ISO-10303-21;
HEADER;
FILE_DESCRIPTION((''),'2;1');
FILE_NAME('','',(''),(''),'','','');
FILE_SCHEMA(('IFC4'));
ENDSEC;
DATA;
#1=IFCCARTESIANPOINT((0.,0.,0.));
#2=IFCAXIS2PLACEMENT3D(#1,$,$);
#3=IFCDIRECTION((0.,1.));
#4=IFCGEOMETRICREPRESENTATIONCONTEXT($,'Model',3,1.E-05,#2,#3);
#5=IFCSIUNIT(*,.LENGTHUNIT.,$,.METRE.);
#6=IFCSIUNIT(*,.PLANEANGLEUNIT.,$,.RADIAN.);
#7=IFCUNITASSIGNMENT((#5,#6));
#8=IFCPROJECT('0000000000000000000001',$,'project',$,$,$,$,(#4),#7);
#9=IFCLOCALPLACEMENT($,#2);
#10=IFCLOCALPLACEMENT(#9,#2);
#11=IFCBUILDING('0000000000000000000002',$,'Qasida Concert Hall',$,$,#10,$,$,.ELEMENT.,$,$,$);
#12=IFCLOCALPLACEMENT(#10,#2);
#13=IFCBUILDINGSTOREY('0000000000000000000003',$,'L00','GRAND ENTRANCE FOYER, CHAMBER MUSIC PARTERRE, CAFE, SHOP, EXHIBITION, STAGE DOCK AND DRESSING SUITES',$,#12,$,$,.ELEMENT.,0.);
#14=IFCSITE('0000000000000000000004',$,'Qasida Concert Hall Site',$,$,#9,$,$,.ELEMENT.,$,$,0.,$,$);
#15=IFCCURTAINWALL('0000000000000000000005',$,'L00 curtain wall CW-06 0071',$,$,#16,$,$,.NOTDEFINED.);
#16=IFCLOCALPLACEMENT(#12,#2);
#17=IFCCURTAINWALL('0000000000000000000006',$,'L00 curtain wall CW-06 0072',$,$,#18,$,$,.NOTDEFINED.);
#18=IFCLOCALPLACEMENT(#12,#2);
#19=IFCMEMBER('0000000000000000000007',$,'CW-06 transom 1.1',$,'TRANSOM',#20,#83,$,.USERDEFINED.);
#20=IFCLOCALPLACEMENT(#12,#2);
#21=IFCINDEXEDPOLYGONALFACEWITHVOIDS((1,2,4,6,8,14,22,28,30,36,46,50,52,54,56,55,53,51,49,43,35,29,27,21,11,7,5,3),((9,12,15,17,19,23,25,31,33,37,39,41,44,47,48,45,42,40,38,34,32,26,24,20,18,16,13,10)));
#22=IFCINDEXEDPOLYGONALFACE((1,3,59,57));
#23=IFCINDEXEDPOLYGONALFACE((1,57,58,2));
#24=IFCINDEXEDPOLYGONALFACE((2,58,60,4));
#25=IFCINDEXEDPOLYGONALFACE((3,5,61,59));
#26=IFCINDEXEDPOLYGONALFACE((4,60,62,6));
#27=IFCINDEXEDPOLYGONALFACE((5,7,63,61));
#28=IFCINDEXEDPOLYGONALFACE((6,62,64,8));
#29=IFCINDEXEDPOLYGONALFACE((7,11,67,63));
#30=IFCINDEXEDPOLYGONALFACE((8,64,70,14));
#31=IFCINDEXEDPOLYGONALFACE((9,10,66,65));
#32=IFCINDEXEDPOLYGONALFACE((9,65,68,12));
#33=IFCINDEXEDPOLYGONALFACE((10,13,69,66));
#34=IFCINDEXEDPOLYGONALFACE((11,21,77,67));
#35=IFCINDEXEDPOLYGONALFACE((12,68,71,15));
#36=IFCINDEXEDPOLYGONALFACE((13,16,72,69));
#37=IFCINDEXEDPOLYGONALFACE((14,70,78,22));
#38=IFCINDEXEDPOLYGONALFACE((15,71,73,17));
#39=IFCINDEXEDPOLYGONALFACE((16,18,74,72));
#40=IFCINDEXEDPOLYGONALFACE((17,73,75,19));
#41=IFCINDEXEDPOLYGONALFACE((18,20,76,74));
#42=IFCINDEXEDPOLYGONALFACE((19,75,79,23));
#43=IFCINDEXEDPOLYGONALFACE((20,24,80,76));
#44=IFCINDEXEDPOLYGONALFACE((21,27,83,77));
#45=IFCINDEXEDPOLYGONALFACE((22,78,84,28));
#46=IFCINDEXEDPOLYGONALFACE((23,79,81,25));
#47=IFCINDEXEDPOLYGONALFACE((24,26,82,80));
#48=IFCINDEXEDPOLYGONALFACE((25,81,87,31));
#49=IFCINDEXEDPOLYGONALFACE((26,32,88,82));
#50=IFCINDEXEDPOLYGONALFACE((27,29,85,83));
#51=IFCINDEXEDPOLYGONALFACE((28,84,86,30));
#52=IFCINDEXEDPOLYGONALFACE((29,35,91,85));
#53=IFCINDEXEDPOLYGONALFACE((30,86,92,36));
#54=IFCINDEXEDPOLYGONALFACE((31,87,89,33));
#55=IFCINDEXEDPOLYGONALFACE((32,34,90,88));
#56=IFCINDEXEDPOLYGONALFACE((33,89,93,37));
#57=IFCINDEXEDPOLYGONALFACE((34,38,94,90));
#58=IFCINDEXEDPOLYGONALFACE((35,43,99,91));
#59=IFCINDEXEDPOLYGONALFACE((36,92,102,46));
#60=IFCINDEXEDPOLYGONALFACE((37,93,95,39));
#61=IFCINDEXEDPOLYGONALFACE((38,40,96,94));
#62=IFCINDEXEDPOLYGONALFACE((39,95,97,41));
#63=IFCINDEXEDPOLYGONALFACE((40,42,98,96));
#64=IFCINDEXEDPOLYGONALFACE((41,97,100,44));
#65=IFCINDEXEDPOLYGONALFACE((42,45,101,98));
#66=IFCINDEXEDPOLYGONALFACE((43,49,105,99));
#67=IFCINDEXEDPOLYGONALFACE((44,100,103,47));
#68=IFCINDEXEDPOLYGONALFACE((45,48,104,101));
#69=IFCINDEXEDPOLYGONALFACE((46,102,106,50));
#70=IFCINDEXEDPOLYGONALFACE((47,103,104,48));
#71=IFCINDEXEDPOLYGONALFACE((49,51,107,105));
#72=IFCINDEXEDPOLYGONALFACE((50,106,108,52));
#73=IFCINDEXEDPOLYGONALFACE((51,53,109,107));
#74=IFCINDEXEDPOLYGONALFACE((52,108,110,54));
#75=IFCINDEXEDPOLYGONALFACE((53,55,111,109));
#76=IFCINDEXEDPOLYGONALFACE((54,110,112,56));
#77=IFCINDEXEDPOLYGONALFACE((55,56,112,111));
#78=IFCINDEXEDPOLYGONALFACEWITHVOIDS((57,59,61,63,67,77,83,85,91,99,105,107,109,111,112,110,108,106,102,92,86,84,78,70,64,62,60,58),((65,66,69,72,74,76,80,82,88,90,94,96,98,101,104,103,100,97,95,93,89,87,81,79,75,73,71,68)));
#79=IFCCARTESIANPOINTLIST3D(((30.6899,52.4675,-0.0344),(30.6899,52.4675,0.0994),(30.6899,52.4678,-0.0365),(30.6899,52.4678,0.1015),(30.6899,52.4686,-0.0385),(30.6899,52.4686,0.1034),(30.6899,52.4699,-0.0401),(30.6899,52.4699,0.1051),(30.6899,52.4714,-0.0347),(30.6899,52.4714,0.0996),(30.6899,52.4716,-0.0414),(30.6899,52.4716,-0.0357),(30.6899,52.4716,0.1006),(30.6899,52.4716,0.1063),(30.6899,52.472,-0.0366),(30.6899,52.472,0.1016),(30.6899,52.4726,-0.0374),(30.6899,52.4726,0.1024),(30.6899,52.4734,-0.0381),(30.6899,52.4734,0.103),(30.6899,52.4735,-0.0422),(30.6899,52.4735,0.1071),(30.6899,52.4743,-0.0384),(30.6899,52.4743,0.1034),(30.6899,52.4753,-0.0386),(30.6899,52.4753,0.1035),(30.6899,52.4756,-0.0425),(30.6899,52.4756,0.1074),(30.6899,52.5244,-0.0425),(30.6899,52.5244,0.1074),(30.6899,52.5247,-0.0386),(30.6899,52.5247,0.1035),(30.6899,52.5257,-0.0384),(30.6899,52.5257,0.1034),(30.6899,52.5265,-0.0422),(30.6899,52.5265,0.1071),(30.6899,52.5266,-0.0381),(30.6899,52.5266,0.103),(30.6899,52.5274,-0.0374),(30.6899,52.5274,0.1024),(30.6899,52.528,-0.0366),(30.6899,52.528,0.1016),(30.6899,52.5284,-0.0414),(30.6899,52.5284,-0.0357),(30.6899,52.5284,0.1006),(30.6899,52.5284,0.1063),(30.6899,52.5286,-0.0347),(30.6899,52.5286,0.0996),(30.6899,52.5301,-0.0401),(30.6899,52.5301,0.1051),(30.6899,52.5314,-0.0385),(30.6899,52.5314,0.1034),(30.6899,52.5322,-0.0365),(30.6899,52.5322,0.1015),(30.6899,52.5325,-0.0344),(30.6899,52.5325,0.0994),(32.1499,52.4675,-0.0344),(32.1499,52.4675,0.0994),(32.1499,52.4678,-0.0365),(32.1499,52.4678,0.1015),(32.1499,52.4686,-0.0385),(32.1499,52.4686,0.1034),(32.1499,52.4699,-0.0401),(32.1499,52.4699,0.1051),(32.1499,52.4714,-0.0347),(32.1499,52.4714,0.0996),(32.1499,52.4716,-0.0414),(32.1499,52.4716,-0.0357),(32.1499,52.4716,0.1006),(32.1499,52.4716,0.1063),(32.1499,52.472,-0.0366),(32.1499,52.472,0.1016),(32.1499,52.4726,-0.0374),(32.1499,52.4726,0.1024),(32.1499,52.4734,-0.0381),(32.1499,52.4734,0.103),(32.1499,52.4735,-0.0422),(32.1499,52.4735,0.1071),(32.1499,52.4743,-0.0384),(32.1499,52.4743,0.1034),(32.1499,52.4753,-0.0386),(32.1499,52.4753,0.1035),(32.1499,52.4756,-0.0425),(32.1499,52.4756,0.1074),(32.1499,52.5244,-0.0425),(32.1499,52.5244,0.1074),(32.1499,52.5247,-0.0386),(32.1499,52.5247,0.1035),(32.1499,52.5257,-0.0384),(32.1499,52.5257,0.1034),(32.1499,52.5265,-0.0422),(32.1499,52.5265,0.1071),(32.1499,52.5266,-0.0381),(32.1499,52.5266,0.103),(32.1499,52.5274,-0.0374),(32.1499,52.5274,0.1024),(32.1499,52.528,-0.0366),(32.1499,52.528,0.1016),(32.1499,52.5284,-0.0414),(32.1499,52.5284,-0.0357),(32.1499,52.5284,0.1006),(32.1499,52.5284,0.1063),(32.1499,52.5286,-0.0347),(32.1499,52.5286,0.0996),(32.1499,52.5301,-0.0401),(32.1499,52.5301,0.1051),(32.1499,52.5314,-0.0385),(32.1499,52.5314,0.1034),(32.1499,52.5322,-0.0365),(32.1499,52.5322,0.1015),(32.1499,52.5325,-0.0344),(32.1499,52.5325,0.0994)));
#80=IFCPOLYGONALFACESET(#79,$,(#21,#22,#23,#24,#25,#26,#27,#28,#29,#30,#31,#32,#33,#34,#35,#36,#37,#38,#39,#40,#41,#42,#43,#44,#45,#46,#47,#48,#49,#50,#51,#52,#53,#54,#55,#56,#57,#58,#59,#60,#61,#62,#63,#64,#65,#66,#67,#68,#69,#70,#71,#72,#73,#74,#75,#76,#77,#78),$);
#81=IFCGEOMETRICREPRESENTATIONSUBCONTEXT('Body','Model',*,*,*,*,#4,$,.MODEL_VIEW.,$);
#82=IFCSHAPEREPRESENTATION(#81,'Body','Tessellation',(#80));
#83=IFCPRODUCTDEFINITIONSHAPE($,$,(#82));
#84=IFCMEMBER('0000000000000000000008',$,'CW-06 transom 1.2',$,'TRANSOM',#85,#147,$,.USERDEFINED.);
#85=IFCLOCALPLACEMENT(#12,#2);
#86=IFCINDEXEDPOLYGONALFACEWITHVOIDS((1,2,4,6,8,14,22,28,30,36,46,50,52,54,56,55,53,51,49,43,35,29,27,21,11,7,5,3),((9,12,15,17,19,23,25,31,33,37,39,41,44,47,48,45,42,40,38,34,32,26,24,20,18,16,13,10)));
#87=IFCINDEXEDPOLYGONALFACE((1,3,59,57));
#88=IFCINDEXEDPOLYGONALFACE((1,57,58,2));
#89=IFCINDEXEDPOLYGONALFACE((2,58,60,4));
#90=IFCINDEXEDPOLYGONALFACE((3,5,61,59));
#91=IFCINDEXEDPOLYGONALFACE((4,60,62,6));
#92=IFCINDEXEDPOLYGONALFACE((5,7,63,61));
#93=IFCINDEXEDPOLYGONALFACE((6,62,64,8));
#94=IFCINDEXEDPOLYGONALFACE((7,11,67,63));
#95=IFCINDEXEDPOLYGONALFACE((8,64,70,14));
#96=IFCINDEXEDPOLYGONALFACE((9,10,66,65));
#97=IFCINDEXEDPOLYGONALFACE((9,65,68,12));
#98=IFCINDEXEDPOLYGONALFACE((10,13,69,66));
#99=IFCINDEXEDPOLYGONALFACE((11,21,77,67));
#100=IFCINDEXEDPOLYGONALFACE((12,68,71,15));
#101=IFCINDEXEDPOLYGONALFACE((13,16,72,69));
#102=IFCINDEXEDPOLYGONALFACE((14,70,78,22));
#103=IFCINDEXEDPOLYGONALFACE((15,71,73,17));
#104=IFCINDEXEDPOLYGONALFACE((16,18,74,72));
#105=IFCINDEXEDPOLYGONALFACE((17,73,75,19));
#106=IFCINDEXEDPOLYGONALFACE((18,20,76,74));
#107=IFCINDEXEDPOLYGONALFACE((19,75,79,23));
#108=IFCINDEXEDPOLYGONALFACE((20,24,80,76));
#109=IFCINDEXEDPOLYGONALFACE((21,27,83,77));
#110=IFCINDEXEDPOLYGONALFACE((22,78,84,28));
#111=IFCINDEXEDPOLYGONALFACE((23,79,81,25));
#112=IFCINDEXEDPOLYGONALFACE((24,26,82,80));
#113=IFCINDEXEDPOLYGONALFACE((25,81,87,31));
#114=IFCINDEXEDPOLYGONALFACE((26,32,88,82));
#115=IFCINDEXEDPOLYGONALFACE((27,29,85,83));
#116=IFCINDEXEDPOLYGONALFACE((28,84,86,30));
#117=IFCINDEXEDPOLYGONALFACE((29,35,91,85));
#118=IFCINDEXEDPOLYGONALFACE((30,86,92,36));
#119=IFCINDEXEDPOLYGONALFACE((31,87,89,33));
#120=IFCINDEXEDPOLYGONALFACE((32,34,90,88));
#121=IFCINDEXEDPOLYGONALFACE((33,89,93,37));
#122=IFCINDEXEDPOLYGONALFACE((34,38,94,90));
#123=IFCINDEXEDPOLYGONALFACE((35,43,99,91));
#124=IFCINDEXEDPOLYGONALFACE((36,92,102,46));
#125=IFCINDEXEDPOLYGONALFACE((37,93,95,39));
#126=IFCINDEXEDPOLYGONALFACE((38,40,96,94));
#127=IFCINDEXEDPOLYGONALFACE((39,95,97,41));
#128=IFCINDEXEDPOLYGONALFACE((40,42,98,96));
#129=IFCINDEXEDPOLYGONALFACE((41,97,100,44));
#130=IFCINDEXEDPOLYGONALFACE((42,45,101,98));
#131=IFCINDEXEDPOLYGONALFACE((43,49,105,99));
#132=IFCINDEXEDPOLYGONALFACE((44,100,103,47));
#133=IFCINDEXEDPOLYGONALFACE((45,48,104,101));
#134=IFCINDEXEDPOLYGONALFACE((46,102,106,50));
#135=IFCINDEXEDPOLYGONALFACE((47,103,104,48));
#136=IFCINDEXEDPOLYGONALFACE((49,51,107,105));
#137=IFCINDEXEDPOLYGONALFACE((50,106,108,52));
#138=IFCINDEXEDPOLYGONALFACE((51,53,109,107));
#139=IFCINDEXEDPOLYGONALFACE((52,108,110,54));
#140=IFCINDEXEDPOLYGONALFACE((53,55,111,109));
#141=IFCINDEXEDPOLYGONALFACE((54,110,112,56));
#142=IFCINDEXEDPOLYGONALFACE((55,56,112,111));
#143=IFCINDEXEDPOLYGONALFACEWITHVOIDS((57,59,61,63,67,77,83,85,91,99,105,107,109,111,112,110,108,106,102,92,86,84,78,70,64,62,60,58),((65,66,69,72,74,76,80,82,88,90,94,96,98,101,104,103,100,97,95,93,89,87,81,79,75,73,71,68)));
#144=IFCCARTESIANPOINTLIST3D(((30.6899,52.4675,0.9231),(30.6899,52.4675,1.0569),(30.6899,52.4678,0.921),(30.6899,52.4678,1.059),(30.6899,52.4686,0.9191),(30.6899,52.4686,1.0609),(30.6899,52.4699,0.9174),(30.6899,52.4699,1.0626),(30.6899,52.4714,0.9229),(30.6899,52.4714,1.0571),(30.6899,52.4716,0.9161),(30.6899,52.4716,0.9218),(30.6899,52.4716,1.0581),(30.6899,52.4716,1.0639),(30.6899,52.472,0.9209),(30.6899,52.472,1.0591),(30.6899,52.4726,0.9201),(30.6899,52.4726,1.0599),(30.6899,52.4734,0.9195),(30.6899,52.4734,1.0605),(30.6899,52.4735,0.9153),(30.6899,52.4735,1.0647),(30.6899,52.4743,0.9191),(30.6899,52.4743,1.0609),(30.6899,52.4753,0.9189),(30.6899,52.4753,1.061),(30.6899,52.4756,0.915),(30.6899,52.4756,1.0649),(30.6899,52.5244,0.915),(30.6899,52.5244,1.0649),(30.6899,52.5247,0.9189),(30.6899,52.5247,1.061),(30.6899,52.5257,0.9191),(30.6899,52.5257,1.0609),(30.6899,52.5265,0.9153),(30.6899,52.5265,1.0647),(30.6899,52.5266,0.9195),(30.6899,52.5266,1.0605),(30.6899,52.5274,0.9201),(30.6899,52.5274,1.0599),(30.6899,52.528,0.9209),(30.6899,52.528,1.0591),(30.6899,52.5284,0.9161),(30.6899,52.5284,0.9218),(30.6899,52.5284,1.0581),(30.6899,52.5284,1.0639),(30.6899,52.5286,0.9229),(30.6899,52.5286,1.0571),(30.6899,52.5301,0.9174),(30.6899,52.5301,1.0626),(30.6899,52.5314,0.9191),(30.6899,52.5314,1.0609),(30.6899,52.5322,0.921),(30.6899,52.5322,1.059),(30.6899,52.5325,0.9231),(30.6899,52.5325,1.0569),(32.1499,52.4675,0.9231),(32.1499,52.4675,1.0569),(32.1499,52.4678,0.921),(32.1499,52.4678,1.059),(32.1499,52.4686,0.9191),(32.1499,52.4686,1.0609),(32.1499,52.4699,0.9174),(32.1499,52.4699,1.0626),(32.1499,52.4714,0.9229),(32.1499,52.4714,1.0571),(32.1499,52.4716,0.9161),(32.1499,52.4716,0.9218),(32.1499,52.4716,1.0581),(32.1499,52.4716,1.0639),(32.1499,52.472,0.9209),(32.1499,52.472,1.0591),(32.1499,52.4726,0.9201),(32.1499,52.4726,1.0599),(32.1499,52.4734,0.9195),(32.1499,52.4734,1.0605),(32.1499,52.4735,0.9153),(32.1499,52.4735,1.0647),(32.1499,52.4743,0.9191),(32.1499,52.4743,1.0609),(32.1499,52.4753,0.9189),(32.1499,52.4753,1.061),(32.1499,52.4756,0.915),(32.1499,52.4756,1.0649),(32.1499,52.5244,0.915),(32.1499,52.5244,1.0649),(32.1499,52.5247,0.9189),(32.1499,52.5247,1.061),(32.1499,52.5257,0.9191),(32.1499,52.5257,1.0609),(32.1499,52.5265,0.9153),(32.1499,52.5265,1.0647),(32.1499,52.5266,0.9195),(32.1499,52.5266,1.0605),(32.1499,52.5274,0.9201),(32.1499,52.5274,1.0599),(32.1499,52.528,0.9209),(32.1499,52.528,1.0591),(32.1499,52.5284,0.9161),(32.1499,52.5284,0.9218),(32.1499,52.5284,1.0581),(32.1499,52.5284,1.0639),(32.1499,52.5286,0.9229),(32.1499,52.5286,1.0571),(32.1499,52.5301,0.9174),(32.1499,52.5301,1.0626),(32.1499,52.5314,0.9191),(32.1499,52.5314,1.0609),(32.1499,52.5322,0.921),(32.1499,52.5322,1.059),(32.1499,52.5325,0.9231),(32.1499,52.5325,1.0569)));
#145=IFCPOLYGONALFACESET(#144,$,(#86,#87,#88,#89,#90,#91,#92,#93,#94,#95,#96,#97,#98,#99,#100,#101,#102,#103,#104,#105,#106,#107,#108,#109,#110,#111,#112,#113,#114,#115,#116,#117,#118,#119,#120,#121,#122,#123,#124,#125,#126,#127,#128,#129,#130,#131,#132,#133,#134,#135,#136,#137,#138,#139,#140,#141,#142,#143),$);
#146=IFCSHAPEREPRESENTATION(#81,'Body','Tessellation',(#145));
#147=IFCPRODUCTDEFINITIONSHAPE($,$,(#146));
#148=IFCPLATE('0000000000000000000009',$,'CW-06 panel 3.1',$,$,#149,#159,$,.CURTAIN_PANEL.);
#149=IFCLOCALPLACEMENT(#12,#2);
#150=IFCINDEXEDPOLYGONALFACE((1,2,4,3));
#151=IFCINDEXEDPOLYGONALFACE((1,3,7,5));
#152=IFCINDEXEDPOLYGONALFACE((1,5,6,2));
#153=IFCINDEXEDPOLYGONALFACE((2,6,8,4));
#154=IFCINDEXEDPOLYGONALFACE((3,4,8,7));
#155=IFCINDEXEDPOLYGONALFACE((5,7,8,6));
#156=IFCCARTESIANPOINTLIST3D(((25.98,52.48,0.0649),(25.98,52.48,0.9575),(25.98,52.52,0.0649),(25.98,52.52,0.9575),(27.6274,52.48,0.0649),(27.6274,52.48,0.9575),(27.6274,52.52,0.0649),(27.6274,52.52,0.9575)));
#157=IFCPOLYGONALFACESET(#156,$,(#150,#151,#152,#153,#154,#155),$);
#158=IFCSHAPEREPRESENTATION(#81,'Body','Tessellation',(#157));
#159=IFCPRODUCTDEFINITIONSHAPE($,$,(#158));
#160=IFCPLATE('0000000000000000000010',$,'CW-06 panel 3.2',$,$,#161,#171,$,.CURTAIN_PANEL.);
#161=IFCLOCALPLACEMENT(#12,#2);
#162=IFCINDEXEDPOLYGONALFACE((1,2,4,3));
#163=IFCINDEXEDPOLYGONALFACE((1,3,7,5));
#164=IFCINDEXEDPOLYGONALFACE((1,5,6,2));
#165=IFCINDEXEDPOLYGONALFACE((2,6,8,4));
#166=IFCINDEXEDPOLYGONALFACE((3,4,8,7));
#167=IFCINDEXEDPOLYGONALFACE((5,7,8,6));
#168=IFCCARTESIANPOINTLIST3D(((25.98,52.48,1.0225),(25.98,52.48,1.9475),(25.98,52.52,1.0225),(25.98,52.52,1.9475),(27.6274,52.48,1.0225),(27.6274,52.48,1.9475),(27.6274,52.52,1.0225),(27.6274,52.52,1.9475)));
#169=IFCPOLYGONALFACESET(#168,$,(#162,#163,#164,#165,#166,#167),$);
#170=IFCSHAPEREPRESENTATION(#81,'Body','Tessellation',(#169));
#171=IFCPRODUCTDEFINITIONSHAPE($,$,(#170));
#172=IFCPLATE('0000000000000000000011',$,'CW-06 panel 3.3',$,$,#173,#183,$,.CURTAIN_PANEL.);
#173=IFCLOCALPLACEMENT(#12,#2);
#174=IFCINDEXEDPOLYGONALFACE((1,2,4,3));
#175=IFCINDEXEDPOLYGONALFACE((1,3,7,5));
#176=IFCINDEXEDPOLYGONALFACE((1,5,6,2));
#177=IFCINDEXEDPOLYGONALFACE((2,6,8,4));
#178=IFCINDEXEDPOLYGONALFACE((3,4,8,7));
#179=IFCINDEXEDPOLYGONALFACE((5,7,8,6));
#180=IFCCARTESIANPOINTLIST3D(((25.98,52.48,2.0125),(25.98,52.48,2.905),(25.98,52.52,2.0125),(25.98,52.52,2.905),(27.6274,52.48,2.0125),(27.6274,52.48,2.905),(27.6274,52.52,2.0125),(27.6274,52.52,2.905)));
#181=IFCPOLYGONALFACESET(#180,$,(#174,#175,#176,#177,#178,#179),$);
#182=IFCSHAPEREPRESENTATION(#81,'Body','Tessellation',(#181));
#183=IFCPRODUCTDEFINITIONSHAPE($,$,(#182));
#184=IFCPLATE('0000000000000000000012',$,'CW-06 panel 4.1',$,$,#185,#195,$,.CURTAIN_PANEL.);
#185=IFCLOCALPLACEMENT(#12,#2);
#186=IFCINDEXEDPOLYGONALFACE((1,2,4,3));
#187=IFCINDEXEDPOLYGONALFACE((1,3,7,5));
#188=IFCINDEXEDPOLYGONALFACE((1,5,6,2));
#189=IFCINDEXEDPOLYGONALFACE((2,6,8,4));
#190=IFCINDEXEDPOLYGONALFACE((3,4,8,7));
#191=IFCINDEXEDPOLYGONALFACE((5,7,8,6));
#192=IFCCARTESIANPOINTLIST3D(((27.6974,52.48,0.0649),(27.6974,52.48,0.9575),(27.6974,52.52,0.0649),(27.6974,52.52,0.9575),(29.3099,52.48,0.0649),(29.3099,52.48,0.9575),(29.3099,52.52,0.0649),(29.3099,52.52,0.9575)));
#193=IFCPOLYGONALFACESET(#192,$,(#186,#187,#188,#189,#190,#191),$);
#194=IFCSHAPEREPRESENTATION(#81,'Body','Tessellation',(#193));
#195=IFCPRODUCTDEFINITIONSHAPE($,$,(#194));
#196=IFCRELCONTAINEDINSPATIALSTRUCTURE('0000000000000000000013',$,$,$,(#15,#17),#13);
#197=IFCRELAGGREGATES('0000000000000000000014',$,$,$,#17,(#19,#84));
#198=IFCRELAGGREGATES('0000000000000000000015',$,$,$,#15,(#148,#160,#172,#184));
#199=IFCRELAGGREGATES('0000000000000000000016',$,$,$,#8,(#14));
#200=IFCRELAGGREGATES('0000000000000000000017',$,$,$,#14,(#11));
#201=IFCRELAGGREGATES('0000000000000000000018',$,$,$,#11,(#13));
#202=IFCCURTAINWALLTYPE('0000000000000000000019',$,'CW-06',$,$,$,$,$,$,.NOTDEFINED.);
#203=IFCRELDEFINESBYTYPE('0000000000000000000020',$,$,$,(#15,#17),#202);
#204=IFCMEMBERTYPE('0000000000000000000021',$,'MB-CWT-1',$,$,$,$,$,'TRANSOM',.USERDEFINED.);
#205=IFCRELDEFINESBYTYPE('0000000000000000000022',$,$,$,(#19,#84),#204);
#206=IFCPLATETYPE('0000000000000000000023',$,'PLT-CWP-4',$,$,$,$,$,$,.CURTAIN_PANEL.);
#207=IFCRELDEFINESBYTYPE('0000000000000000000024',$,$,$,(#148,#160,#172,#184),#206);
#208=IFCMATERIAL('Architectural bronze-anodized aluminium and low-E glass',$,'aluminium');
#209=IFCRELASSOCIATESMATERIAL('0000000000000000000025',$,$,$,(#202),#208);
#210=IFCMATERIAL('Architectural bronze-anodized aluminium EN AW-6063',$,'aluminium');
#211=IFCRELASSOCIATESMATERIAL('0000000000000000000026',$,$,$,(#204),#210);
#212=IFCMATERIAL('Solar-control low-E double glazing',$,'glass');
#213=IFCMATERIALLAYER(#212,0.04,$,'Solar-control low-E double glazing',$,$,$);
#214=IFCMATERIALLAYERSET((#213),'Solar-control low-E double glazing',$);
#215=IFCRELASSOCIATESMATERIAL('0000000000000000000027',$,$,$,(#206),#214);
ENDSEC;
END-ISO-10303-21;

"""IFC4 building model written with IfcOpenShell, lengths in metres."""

from ifc_helpers import new_model, si_unit, direction, frame, origin, origin_2d, place, context, subcontext, project, spatial, rectangle, hollow_rectangle, extrude, material, layer, layer_set, material_profile, profile_set, type_object, element, aggregate, save


model = new_model("IFC4")

# Units and contexts
model_context = context("Model", 3, precision=1e-05, world=origin(), true_north=direction((0.0, 1.0)))
body_context = subcontext(model_context, "Body", "Model", "MODEL_VIEW")
ifc_project = project(units=[si_unit("LENGTHUNIT", "METRE"), si_unit("PLANEANGLEUNIT", "RADIAN")], contexts=[model_context])

# Site, building, storey
site_placement = place(None, origin())
site = spatial("IfcSite", under=ifc_project, at=site_placement, Name="Qasida Concert Hall Site", CompositionType="ELEMENT", RefElevation=0.0)
building_placement = place(site_placement, origin())
building = spatial("IfcBuilding", under=site, at=building_placement, Name="Qasida Concert Hall", CompositionType="ELEMENT")
storey_placement = place(building_placement, origin())
storey = spatial("IfcBuildingStorey", under=building, at=storey_placement, Name="L00", Description="GRAND ENTRANCE FOYER, CHAMBER MUSIC PARTERRE, CAFE, SHOP, EXHIBITION, STAGE DOCK AND DRESSING SUITES", CompositionType="ELEMENT", Elevation=0.0)

# Curtain wall
ifc_material_1 = material(Name="Architectural bronze-anodized aluminium and low-E glass", Category="aluminium")
curtain_wall_type = type_object("IfcCurtainWallType", Name="CW-06", PredefinedType="NOTDEFINED", material=ifc_material_1)
curtain_wall_1_placement = place(storey_placement, origin())
curtain_wall_1 = element("IfcCurtainWall", 1, at=curtain_wall_1_placement, inside=storey, type_object=curtain_wall_type, Name="L00 curtain wall CW-06 0071", PredefinedType="NOTDEFINED")
ifc_material_2 = material(Name="Architectural bronze-anodized aluminium EN AW-6063", Category="aluminium")

# Curtain wall
curtain_wall_2_placement = place(storey_placement, origin())
curtain_wall_2 = element("IfcCurtainWall", 2, at=curtain_wall_2_placement, inside=storey, type_object=curtain_wall_type, Name="L00 curtain wall CW-06 0072", PredefinedType="NOTDEFINED")

# Members
ifc_material_profile_1 = material_profile(ifc_material_2, hollow_rectangle(XDim=0.0649, YDim=0.1499, WallThickness=0.0039, InnerFilletRadius=0.0039, OuterFilletRadius=0.0081, at=origin_2d()), Name="CWT 150x65x4")
ifc_profile_set_1 = profile_set([ifc_material_profile_1], Name="Architectural bronze-anodized aluminium EN AW-6063")
member_type_1 = type_object("IfcMemberType", Name="MB-CWT-1", ElementType="TRANSOM", PredefinedType="USERDEFINED", material=ifc_profile_set_1)
member_1_placement = place(storey_placement, frame((30.6899, 52.5, 0.0325), z_axis=(1.0, 0.0, 0.0), x_axis=(0.0, 1.0, 0.0)))
member_1 = element("IfcMember", 3, at=member_1_placement, type_object=member_type_1, Name="CW-06 transom 1.1", ObjectType="TRANSOM", PredefinedType="USERDEFINED", context=body_context, shape_type="SweptSolid", body=[
    extrude(hollow_rectangle(XDim=0.0649, YDim=0.1499, WallThickness=0.0039, InnerFilletRadius=0.0039, OuterFilletRadius=0.0081, at=origin_2d()), origin(), (0.0, 0.0, 1.0), 1.46),
])
member_2_placement = place(storey_placement, frame((30.6899, 52.5, 0.99), z_axis=(1.0, 0.0, 0.0), x_axis=(0.0, 1.0, 0.0)))
member_2 = element("IfcMember", 4, at=member_2_placement, type_object=member_type_1, Name="CW-06 transom 1.2", ObjectType="TRANSOM", PredefinedType="USERDEFINED", context=body_context, shape_type="SweptSolid", body=[
    extrude(hollow_rectangle(XDim=0.0649, YDim=0.1499, WallThickness=0.0039, InnerFilletRadius=0.0039, OuterFilletRadius=0.0081, at=origin_2d()), origin(), (0.0, 0.0, 1.0), 1.46),
])
aggregate(curtain_wall_2, [member_1, member_2])

# Plates
ifc_material_3 = material(Name="Solar-control low-E double glazing", Category="glass")
ifc_layer = layer(ifc_material_3, 0.04, Name="Solar-control low-E double glazing")
ifc_layer_set = layer_set([ifc_layer], Name="Solar-control low-E double glazing")
plate_type = type_object("IfcPlateType", Name="PLT-CWP-4", PredefinedType="CURTAIN_PANEL", material=ifc_layer_set)
plate_1_placement = place(storey_placement, frame((26.8037, 52.5, 0.0649), z_axis=(0.0, 0.0, 1.0), x_axis=(1.0, 0.0, 0.0)))
plate_1 = element("IfcPlate", 5, at=plate_1_placement, type_object=plate_type, Name="CW-06 panel 3.1", PredefinedType="CURTAIN_PANEL", context=body_context, shape_type="SweptSolid", body=[
    extrude(rectangle(XDim=1.6475, YDim=0.04, at=origin_2d()), origin(), (0.0, 0.0, 1.0), 0.8926),
])
plate_2_placement = place(storey_placement, frame((26.8037, 52.5, 1.0225), z_axis=(0.0, 0.0, 1.0), x_axis=(1.0, 0.0, 0.0)))
plate_2 = element("IfcPlate", 6, at=plate_2_placement, type_object=plate_type, Name="CW-06 panel 3.2", PredefinedType="CURTAIN_PANEL", context=body_context, shape_type="SweptSolid", body=[
    extrude(rectangle(XDim=1.6475, YDim=0.04, at=origin_2d()), origin(), (0.0, 0.0, 1.0), 0.925),
])
plate_3_placement = place(storey_placement, frame((26.8037, 52.5, 2.0125), z_axis=(0.0, 0.0, 1.0), x_axis=(1.0, 0.0, 0.0)))
plate_3 = element("IfcPlate", 7, at=plate_3_placement, type_object=plate_type, Name="CW-06 panel 3.3", PredefinedType="CURTAIN_PANEL", context=body_context, shape_type="SweptSolid", body=[
    extrude(rectangle(XDim=1.6475, YDim=0.04, at=origin_2d()), origin(), (0.0, 0.0, 1.0), 0.8926),
])
plate_4_placement = place(storey_placement, frame((28.5037, 52.5, 0.0649), z_axis=(0.0, 0.0, 1.0), x_axis=(1.0, 0.0, 0.0)))
plate_4 = element("IfcPlate", 8, at=plate_4_placement, type_object=plate_type, Name="CW-06 panel 4.1", PredefinedType="CURTAIN_PANEL", context=body_context, shape_type="SweptSolid", body=[
    extrude(rectangle(XDim=1.6125, YDim=0.04, at=origin_2d()), origin(), (0.0, 0.0, 1.0), 0.8926),
])
aggregate(curtain_wall_1, [plate_1, plate_2, plate_3, plate_4])

save(model, "model.ifc")
